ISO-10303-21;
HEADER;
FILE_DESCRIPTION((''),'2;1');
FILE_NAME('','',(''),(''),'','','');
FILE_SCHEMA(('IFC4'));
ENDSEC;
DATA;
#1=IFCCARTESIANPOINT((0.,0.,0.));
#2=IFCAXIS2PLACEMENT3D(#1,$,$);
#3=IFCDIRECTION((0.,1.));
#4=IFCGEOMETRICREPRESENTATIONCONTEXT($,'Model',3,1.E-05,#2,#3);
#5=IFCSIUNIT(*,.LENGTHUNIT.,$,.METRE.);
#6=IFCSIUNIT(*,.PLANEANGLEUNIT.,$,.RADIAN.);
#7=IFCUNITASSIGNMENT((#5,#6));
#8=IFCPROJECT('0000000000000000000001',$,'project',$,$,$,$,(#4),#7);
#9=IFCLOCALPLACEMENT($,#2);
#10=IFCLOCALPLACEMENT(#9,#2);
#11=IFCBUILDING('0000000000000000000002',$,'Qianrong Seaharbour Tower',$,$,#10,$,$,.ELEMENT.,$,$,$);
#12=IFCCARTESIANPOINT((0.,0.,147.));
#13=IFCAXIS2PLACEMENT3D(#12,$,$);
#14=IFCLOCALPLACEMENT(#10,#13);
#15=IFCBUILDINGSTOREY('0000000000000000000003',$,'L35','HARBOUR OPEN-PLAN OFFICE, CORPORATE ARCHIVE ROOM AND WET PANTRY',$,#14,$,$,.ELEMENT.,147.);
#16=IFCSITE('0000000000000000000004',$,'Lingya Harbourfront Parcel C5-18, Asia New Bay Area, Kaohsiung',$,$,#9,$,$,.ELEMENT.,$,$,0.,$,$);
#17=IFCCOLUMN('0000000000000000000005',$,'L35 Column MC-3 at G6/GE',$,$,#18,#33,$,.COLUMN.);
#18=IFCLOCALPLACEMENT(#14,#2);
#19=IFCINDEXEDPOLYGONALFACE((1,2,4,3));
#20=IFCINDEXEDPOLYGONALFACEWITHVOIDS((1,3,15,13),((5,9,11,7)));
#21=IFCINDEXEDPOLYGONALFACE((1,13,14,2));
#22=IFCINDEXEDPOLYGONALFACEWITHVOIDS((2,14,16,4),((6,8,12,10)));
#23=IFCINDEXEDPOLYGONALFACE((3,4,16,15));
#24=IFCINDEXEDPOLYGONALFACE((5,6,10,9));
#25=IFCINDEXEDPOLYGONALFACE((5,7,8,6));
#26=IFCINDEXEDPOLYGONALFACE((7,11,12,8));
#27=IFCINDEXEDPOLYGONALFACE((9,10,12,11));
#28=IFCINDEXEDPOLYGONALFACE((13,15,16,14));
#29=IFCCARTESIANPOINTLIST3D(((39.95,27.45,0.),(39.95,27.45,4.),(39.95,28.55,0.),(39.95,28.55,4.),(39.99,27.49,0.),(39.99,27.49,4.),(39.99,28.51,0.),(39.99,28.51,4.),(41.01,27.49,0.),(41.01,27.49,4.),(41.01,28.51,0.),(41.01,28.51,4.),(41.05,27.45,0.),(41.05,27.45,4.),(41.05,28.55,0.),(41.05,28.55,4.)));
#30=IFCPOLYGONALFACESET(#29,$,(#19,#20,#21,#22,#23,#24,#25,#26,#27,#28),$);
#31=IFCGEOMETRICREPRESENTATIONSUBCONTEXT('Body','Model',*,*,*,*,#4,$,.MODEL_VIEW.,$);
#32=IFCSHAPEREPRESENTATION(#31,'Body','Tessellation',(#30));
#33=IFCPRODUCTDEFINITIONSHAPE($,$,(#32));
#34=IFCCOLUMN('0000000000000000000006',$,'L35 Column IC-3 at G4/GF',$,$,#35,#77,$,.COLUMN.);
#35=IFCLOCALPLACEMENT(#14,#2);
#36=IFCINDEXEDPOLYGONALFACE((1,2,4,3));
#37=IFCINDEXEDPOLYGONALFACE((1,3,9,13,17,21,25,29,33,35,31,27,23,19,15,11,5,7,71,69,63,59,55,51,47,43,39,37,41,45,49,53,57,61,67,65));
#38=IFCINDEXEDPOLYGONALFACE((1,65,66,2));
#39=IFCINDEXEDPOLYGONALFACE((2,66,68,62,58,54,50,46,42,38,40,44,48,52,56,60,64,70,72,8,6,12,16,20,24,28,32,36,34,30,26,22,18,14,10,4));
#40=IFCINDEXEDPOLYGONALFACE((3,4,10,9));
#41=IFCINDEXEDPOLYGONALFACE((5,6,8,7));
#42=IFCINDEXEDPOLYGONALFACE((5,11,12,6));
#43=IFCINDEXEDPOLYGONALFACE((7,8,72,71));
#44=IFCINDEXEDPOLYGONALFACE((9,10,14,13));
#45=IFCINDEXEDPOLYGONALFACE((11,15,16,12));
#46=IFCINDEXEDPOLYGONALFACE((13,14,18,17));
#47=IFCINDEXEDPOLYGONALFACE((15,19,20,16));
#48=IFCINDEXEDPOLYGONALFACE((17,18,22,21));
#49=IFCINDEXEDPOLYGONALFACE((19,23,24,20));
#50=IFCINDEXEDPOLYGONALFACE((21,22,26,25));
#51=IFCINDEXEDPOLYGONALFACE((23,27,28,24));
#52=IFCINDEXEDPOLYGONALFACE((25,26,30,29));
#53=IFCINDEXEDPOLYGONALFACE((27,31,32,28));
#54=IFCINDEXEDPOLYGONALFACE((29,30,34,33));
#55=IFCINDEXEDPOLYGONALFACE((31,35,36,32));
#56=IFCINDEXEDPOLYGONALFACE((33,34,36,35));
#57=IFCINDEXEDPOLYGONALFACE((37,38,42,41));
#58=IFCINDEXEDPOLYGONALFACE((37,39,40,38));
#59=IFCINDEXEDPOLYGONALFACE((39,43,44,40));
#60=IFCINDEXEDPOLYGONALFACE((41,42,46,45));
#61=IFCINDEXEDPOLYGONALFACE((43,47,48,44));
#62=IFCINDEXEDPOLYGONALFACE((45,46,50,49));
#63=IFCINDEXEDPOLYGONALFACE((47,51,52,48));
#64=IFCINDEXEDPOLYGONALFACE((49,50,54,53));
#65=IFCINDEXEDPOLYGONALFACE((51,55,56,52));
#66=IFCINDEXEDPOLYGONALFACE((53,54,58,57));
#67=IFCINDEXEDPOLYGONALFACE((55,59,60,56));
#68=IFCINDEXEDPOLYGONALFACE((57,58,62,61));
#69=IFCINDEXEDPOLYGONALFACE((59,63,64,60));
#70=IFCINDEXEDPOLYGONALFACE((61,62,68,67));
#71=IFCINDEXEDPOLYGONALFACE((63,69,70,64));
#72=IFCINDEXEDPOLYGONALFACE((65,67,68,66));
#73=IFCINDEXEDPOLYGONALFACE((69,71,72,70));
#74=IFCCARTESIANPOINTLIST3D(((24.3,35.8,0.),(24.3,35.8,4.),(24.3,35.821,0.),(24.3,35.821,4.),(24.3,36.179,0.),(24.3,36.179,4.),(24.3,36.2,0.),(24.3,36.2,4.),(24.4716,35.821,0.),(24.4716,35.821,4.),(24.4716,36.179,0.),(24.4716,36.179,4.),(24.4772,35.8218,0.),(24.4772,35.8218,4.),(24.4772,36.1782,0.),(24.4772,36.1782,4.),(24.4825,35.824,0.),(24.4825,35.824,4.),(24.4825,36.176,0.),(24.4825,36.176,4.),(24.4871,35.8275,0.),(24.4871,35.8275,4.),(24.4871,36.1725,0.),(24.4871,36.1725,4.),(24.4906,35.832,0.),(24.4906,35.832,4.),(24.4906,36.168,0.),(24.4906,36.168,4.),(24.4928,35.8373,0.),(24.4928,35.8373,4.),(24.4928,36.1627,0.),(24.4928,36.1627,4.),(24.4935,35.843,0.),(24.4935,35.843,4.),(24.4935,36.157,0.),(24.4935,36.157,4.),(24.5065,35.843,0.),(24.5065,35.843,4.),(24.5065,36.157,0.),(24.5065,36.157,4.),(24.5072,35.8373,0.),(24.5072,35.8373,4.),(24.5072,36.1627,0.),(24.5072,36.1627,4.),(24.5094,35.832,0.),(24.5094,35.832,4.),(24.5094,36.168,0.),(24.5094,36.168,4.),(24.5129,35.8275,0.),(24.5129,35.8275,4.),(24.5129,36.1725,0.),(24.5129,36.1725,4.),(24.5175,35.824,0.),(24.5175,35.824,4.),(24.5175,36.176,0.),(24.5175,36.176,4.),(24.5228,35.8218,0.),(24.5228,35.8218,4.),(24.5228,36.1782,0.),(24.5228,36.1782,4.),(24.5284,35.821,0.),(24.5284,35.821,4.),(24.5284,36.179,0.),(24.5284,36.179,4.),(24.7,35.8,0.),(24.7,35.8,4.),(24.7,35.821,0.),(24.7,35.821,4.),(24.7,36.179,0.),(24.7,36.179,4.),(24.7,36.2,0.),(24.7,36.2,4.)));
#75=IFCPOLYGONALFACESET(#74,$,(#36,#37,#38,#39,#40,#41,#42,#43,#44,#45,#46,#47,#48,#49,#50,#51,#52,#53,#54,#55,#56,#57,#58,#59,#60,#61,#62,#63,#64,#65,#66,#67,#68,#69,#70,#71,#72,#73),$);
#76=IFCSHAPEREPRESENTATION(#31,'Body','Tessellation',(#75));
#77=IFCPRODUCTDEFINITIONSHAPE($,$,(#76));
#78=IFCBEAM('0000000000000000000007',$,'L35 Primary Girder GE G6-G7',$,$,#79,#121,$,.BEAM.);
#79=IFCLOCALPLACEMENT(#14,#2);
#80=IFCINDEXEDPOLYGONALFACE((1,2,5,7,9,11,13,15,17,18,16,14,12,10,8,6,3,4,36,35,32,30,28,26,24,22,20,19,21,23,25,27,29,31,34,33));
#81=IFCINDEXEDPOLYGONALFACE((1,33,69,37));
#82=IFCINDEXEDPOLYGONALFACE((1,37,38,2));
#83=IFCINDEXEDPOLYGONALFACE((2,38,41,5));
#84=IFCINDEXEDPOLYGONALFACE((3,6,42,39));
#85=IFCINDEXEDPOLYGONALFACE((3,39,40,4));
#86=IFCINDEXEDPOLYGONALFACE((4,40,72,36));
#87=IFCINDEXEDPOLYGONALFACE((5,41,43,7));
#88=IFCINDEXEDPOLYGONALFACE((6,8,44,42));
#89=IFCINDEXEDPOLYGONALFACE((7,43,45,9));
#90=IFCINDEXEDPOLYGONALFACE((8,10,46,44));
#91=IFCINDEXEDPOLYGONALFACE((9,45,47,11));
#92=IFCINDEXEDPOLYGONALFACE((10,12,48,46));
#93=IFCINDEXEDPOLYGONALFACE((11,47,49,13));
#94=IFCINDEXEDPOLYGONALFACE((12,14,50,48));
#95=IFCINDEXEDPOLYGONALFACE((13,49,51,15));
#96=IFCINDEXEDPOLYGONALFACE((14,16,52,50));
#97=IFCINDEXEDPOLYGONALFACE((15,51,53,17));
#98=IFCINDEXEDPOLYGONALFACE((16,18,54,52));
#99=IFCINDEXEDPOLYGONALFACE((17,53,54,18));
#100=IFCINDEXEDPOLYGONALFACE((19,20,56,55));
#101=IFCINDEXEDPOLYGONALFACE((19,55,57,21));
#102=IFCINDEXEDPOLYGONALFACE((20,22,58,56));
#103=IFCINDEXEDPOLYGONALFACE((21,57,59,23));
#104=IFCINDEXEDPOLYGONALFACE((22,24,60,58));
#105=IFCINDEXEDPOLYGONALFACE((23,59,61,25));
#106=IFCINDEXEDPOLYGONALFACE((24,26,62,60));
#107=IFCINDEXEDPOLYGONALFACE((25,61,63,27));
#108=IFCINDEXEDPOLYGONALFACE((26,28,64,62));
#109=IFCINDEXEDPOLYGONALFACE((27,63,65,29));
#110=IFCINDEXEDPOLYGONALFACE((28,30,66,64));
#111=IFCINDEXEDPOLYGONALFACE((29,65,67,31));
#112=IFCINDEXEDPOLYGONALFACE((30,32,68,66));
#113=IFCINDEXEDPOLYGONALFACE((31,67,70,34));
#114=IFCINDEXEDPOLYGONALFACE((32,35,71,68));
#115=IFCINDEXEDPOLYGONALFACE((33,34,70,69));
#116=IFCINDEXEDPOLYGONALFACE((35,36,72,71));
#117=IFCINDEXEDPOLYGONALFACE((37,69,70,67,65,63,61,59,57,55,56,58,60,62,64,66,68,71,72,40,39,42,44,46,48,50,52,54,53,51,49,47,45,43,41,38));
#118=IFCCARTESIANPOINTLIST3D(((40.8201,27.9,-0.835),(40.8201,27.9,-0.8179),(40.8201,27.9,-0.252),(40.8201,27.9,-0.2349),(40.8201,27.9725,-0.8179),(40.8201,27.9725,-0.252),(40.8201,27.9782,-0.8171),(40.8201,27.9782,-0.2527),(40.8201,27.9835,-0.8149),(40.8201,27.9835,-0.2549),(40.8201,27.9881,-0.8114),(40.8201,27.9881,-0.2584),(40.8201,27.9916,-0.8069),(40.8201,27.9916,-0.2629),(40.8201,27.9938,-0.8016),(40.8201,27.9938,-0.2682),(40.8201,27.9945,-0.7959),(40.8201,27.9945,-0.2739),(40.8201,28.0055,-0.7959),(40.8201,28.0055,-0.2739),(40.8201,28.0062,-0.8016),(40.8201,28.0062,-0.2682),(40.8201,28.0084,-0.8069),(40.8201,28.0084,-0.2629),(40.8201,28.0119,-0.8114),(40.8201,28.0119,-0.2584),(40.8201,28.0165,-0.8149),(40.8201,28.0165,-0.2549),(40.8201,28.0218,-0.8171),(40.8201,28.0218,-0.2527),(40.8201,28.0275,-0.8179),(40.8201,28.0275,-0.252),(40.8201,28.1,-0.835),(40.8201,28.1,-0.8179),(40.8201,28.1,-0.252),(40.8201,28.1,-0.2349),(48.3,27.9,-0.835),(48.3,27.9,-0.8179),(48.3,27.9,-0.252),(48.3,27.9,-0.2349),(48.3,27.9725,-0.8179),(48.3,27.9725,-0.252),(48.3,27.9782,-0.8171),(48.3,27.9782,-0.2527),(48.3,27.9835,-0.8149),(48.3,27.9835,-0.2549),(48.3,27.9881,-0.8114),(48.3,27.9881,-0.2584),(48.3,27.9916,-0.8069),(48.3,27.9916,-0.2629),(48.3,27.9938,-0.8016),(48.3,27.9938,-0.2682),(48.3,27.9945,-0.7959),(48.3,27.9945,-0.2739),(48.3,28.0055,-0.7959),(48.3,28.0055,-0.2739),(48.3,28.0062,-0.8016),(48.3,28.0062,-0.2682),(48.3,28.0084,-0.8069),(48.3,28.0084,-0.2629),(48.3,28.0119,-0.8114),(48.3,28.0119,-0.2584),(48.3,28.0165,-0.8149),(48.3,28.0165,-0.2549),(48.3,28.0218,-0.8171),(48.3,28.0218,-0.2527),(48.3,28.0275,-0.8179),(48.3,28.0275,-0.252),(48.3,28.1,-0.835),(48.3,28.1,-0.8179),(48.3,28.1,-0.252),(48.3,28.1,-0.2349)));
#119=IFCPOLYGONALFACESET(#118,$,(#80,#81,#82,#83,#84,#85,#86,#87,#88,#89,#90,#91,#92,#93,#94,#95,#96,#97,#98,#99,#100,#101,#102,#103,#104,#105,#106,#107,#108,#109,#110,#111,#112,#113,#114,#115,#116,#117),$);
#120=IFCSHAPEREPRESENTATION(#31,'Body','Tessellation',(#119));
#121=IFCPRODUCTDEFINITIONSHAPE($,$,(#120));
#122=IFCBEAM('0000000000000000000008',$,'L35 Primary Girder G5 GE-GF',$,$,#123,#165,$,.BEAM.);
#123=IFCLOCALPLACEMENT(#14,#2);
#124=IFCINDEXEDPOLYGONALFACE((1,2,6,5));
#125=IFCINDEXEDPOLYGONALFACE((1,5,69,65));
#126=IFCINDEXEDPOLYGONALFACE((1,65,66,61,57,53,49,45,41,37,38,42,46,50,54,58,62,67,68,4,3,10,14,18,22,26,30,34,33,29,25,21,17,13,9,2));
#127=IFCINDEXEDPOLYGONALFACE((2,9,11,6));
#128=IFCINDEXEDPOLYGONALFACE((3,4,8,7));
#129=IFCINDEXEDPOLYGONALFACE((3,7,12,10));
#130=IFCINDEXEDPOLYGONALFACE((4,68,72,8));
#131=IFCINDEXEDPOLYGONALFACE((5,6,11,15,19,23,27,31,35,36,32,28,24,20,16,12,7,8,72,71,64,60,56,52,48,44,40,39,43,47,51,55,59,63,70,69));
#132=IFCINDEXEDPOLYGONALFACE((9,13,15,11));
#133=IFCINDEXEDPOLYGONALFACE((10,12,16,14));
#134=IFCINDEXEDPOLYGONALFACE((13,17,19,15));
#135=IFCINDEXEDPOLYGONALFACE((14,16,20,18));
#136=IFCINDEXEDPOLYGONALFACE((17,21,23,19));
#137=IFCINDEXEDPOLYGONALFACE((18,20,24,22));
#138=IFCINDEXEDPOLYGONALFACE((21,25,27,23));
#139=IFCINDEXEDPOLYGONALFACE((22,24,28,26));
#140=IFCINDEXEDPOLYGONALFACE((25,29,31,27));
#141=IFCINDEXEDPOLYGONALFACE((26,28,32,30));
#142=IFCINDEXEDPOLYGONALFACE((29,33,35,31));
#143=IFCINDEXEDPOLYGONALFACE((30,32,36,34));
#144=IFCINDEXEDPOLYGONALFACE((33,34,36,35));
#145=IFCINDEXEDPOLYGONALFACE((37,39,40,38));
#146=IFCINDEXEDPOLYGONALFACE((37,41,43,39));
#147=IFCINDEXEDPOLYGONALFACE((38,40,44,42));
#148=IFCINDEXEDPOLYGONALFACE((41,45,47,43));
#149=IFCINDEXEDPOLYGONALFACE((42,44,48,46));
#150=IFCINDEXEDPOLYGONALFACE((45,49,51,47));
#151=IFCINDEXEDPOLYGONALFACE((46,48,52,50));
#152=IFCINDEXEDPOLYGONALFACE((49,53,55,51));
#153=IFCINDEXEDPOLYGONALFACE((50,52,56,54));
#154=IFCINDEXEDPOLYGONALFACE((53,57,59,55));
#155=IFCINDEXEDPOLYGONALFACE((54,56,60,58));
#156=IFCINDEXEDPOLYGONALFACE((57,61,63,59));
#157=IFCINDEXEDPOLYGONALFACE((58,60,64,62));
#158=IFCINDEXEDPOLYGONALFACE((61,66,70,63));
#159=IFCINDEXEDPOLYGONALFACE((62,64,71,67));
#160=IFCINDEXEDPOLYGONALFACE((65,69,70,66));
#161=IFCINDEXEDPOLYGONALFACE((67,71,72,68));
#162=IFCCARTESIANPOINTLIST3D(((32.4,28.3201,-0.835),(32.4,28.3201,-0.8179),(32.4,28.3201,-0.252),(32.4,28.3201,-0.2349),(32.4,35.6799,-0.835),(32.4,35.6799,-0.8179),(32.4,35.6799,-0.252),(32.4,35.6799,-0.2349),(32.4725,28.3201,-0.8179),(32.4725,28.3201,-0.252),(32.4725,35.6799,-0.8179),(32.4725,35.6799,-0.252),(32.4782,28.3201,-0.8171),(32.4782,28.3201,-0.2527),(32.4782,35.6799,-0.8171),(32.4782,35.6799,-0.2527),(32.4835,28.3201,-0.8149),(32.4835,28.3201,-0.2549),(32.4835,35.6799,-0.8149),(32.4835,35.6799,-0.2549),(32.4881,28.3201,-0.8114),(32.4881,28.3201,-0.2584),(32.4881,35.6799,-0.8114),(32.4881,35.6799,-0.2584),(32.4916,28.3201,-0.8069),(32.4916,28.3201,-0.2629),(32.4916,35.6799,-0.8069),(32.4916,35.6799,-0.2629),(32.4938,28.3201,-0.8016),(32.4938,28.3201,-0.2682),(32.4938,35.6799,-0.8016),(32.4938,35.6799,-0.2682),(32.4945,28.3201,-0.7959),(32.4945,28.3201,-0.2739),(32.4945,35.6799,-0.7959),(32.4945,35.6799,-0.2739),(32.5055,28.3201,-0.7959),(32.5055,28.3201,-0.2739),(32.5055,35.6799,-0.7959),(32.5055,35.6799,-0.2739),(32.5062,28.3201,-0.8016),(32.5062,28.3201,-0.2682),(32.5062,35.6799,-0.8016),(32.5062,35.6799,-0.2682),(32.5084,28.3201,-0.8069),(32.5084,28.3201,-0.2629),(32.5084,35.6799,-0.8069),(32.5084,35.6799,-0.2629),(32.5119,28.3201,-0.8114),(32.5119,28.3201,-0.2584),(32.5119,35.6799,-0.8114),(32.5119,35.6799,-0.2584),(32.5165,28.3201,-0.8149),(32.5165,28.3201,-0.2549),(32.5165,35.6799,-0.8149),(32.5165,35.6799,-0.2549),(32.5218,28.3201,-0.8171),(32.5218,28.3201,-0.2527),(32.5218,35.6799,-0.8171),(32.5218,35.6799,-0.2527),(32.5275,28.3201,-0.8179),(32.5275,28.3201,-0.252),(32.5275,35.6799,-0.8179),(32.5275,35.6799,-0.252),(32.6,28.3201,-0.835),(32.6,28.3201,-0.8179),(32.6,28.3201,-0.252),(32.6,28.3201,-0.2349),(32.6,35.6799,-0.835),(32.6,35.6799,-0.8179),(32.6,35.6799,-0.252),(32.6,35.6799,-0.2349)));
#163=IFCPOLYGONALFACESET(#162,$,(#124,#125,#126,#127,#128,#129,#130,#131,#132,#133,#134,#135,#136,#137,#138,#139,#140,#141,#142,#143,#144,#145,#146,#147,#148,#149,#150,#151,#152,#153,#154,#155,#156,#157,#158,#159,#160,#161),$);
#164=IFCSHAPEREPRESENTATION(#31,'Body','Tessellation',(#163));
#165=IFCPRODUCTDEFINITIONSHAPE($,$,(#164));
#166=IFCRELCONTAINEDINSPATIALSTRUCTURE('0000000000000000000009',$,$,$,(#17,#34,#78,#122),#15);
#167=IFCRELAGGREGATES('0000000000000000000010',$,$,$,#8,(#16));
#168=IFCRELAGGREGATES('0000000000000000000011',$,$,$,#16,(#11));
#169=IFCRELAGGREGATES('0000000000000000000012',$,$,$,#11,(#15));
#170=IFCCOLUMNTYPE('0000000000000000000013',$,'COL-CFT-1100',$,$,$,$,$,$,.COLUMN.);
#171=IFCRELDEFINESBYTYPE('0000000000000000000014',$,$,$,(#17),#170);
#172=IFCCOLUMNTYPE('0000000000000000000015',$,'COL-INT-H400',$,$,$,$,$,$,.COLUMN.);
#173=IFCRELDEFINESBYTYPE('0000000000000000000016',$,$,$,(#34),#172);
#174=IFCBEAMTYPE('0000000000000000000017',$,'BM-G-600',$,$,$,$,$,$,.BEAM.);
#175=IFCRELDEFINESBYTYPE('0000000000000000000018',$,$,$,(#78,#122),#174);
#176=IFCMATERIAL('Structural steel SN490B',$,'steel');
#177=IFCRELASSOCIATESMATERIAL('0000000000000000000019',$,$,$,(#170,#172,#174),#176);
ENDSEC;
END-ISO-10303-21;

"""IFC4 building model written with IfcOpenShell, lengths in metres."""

from ifc_helpers import new_model, si_unit, direction, frame, origin, origin_2d, place, context, subcontext, project, spatial, hollow_rectangle, i_section, extrude, material, material_profile, profile_set, type_object, element, save


model = new_model("IFC4")

# Units and contexts
model_context = context("Model", 3, precision=1e-05, world=origin(), true_north=direction((0.0, 1.0)))
body_context = subcontext(model_context, "Body", "Model", "MODEL_VIEW")
ifc_project = project(units=[si_unit("LENGTHUNIT", "METRE"), si_unit("PLANEANGLEUNIT", "RADIAN")], contexts=[model_context])

# Site, building, storey
site_placement = place(None, origin())
site = spatial("IfcSite", under=ifc_project, at=site_placement, Name="Lingya Harbourfront Parcel C5-18, Asia New Bay Area, Kaohsiung", CompositionType="ELEMENT", RefElevation=0.0)
building_placement = place(site_placement, origin())
building = spatial("IfcBuilding", under=site, at=building_placement, Name="Qianrong Seaharbour Tower", CompositionType="ELEMENT")
storey_placement = place(building_placement, frame((0.0, 0.0, 147.0)))
storey = spatial("IfcBuildingStorey", under=building, at=storey_placement, Name="L35", Description="HARBOUR OPEN-PLAN OFFICE, CORPORATE ARCHIVE ROOM AND WET PANTRY", CompositionType="ELEMENT", Elevation=147.0)

# Columns
ifc_material_1 = material(Name="Structural steel SN490B", Category="steel")
ifc_material_profile_1 = material_profile(ifc_material_1, hollow_rectangle(XDim=1.1001, YDim=1.1001, WallThickness=0.04, at=origin_2d()), Name="BOX1100x1100x40")
ifc_profile_set_1 = profile_set([ifc_material_profile_1], Name="Structural steel SN490B")
column_type_1 = type_object("IfcColumnType", Name="COL-CFT-1100", PredefinedType="COLUMN", material=ifc_profile_set_1)
column_1_placement = place(storey_placement, frame((40.5, 28.0, 0.0), z_axis=(0.0, 0.0, 1.0), x_axis=(1.0, 0.0, 0.0)))
element("IfcColumn", 1, at=column_1_placement, inside=storey, type_object=column_type_1, Name="L35 Column MC-3 at G6/GE", PredefinedType="COLUMN", context=body_context, shape_type="SweptSolid", body=[
    extrude(hollow_rectangle(XDim=1.1001, YDim=1.1001, WallThickness=0.04, at=origin_2d()), origin(), (0.0, 0.0, 1.0), 4.0),
])
ifc_material_profile_2 = material_profile(ifc_material_1, i_section(OverallWidth=0.3999, OverallDepth=0.3999, WebThickness=0.0129, FlangeThickness=0.021, FilletRadius=0.022, at=origin_2d()), Name="H400x400x13x21")
ifc_profile_set_2 = profile_set([ifc_material_profile_2], Name="Structural steel SN490B")
column_type_2 = type_object("IfcColumnType", Name="COL-INT-H400", PredefinedType="COLUMN", material=ifc_profile_set_2)
column_2_placement = place(storey_placement, frame((24.5, 36.0, 0.0), z_axis=(0.0, 0.0, 1.0), x_axis=(1.0, 0.0, 0.0)))
element("IfcColumn", 2, at=column_2_placement, inside=storey, type_object=column_type_2, Name="L35 Column IC-3 at G4/GF", PredefinedType="COLUMN", context=body_context, shape_type="SweptSolid", body=[
    extrude(i_section(OverallWidth=0.3999, OverallDepth=0.3999, WebThickness=0.0129, FlangeThickness=0.021, FilletRadius=0.022, at=origin_2d()), origin(), (0.0, 0.0, 1.0), 4.0),
])

# Beams
ifc_material_profile_3 = material_profile(ifc_material_1, i_section(OverallWidth=0.2, OverallDepth=0.6001, WebThickness=0.011, FlangeThickness=0.0171, FilletRadius=0.022, at=origin_2d()), Name="H600x200x11x17")
ifc_profile_set_3 = profile_set([ifc_material_profile_3], Name="Structural steel SN490B")
beam_type_1 = type_object("IfcBeamType", Name="BM-G-600", PredefinedType="BEAM", material=ifc_profile_set_3)
beam_placement = place(storey_placement, frame((40.8201, 28.0, -0.5349), z_axis=(1.0, 0.0, 0.0), x_axis=(0.0, 1.0, 0.0)))
element("IfcBeam", 3, at=beam_placement, inside=storey, type_object=beam_type_1, Name="L35 Primary Girder GE G6-G7", PredefinedType="BEAM", context=body_context, shape_type="SweptSolid", body=[
    extrude(i_section(OverallWidth=0.2, OverallDepth=0.6001, WebThickness=0.011, FlangeThickness=0.0171, FilletRadius=0.022, at=origin_2d()), origin(), (0.0, 0.0, 1.0), 7.48),
])
for number, where, z_axis, x_axis, name in (
    (4, (32.5, 28.3201, -0.5349), (0.0, 1.0, 0.0), (-1.0, 0.0, 0.0), "L35 Primary Girder G5 GE-GF"),
):
    element("IfcBeam", number, at=place(storey_placement, frame(where, z_axis=z_axis, x_axis=x_axis)), inside=storey, type_object=beam_type_1, Name=name, PredefinedType="BEAM", context=body_context, shape_type="SweptSolid", body=[
        extrude(i_section(OverallWidth=0.2, OverallDepth=0.6001, WebThickness=0.011, FlangeThickness=0.0171, FilletRadius=0.022, at=origin_2d()), origin(), (0.0, 0.0, 1.0), 7.3599),
    ])

save(model, "model.ifc")
